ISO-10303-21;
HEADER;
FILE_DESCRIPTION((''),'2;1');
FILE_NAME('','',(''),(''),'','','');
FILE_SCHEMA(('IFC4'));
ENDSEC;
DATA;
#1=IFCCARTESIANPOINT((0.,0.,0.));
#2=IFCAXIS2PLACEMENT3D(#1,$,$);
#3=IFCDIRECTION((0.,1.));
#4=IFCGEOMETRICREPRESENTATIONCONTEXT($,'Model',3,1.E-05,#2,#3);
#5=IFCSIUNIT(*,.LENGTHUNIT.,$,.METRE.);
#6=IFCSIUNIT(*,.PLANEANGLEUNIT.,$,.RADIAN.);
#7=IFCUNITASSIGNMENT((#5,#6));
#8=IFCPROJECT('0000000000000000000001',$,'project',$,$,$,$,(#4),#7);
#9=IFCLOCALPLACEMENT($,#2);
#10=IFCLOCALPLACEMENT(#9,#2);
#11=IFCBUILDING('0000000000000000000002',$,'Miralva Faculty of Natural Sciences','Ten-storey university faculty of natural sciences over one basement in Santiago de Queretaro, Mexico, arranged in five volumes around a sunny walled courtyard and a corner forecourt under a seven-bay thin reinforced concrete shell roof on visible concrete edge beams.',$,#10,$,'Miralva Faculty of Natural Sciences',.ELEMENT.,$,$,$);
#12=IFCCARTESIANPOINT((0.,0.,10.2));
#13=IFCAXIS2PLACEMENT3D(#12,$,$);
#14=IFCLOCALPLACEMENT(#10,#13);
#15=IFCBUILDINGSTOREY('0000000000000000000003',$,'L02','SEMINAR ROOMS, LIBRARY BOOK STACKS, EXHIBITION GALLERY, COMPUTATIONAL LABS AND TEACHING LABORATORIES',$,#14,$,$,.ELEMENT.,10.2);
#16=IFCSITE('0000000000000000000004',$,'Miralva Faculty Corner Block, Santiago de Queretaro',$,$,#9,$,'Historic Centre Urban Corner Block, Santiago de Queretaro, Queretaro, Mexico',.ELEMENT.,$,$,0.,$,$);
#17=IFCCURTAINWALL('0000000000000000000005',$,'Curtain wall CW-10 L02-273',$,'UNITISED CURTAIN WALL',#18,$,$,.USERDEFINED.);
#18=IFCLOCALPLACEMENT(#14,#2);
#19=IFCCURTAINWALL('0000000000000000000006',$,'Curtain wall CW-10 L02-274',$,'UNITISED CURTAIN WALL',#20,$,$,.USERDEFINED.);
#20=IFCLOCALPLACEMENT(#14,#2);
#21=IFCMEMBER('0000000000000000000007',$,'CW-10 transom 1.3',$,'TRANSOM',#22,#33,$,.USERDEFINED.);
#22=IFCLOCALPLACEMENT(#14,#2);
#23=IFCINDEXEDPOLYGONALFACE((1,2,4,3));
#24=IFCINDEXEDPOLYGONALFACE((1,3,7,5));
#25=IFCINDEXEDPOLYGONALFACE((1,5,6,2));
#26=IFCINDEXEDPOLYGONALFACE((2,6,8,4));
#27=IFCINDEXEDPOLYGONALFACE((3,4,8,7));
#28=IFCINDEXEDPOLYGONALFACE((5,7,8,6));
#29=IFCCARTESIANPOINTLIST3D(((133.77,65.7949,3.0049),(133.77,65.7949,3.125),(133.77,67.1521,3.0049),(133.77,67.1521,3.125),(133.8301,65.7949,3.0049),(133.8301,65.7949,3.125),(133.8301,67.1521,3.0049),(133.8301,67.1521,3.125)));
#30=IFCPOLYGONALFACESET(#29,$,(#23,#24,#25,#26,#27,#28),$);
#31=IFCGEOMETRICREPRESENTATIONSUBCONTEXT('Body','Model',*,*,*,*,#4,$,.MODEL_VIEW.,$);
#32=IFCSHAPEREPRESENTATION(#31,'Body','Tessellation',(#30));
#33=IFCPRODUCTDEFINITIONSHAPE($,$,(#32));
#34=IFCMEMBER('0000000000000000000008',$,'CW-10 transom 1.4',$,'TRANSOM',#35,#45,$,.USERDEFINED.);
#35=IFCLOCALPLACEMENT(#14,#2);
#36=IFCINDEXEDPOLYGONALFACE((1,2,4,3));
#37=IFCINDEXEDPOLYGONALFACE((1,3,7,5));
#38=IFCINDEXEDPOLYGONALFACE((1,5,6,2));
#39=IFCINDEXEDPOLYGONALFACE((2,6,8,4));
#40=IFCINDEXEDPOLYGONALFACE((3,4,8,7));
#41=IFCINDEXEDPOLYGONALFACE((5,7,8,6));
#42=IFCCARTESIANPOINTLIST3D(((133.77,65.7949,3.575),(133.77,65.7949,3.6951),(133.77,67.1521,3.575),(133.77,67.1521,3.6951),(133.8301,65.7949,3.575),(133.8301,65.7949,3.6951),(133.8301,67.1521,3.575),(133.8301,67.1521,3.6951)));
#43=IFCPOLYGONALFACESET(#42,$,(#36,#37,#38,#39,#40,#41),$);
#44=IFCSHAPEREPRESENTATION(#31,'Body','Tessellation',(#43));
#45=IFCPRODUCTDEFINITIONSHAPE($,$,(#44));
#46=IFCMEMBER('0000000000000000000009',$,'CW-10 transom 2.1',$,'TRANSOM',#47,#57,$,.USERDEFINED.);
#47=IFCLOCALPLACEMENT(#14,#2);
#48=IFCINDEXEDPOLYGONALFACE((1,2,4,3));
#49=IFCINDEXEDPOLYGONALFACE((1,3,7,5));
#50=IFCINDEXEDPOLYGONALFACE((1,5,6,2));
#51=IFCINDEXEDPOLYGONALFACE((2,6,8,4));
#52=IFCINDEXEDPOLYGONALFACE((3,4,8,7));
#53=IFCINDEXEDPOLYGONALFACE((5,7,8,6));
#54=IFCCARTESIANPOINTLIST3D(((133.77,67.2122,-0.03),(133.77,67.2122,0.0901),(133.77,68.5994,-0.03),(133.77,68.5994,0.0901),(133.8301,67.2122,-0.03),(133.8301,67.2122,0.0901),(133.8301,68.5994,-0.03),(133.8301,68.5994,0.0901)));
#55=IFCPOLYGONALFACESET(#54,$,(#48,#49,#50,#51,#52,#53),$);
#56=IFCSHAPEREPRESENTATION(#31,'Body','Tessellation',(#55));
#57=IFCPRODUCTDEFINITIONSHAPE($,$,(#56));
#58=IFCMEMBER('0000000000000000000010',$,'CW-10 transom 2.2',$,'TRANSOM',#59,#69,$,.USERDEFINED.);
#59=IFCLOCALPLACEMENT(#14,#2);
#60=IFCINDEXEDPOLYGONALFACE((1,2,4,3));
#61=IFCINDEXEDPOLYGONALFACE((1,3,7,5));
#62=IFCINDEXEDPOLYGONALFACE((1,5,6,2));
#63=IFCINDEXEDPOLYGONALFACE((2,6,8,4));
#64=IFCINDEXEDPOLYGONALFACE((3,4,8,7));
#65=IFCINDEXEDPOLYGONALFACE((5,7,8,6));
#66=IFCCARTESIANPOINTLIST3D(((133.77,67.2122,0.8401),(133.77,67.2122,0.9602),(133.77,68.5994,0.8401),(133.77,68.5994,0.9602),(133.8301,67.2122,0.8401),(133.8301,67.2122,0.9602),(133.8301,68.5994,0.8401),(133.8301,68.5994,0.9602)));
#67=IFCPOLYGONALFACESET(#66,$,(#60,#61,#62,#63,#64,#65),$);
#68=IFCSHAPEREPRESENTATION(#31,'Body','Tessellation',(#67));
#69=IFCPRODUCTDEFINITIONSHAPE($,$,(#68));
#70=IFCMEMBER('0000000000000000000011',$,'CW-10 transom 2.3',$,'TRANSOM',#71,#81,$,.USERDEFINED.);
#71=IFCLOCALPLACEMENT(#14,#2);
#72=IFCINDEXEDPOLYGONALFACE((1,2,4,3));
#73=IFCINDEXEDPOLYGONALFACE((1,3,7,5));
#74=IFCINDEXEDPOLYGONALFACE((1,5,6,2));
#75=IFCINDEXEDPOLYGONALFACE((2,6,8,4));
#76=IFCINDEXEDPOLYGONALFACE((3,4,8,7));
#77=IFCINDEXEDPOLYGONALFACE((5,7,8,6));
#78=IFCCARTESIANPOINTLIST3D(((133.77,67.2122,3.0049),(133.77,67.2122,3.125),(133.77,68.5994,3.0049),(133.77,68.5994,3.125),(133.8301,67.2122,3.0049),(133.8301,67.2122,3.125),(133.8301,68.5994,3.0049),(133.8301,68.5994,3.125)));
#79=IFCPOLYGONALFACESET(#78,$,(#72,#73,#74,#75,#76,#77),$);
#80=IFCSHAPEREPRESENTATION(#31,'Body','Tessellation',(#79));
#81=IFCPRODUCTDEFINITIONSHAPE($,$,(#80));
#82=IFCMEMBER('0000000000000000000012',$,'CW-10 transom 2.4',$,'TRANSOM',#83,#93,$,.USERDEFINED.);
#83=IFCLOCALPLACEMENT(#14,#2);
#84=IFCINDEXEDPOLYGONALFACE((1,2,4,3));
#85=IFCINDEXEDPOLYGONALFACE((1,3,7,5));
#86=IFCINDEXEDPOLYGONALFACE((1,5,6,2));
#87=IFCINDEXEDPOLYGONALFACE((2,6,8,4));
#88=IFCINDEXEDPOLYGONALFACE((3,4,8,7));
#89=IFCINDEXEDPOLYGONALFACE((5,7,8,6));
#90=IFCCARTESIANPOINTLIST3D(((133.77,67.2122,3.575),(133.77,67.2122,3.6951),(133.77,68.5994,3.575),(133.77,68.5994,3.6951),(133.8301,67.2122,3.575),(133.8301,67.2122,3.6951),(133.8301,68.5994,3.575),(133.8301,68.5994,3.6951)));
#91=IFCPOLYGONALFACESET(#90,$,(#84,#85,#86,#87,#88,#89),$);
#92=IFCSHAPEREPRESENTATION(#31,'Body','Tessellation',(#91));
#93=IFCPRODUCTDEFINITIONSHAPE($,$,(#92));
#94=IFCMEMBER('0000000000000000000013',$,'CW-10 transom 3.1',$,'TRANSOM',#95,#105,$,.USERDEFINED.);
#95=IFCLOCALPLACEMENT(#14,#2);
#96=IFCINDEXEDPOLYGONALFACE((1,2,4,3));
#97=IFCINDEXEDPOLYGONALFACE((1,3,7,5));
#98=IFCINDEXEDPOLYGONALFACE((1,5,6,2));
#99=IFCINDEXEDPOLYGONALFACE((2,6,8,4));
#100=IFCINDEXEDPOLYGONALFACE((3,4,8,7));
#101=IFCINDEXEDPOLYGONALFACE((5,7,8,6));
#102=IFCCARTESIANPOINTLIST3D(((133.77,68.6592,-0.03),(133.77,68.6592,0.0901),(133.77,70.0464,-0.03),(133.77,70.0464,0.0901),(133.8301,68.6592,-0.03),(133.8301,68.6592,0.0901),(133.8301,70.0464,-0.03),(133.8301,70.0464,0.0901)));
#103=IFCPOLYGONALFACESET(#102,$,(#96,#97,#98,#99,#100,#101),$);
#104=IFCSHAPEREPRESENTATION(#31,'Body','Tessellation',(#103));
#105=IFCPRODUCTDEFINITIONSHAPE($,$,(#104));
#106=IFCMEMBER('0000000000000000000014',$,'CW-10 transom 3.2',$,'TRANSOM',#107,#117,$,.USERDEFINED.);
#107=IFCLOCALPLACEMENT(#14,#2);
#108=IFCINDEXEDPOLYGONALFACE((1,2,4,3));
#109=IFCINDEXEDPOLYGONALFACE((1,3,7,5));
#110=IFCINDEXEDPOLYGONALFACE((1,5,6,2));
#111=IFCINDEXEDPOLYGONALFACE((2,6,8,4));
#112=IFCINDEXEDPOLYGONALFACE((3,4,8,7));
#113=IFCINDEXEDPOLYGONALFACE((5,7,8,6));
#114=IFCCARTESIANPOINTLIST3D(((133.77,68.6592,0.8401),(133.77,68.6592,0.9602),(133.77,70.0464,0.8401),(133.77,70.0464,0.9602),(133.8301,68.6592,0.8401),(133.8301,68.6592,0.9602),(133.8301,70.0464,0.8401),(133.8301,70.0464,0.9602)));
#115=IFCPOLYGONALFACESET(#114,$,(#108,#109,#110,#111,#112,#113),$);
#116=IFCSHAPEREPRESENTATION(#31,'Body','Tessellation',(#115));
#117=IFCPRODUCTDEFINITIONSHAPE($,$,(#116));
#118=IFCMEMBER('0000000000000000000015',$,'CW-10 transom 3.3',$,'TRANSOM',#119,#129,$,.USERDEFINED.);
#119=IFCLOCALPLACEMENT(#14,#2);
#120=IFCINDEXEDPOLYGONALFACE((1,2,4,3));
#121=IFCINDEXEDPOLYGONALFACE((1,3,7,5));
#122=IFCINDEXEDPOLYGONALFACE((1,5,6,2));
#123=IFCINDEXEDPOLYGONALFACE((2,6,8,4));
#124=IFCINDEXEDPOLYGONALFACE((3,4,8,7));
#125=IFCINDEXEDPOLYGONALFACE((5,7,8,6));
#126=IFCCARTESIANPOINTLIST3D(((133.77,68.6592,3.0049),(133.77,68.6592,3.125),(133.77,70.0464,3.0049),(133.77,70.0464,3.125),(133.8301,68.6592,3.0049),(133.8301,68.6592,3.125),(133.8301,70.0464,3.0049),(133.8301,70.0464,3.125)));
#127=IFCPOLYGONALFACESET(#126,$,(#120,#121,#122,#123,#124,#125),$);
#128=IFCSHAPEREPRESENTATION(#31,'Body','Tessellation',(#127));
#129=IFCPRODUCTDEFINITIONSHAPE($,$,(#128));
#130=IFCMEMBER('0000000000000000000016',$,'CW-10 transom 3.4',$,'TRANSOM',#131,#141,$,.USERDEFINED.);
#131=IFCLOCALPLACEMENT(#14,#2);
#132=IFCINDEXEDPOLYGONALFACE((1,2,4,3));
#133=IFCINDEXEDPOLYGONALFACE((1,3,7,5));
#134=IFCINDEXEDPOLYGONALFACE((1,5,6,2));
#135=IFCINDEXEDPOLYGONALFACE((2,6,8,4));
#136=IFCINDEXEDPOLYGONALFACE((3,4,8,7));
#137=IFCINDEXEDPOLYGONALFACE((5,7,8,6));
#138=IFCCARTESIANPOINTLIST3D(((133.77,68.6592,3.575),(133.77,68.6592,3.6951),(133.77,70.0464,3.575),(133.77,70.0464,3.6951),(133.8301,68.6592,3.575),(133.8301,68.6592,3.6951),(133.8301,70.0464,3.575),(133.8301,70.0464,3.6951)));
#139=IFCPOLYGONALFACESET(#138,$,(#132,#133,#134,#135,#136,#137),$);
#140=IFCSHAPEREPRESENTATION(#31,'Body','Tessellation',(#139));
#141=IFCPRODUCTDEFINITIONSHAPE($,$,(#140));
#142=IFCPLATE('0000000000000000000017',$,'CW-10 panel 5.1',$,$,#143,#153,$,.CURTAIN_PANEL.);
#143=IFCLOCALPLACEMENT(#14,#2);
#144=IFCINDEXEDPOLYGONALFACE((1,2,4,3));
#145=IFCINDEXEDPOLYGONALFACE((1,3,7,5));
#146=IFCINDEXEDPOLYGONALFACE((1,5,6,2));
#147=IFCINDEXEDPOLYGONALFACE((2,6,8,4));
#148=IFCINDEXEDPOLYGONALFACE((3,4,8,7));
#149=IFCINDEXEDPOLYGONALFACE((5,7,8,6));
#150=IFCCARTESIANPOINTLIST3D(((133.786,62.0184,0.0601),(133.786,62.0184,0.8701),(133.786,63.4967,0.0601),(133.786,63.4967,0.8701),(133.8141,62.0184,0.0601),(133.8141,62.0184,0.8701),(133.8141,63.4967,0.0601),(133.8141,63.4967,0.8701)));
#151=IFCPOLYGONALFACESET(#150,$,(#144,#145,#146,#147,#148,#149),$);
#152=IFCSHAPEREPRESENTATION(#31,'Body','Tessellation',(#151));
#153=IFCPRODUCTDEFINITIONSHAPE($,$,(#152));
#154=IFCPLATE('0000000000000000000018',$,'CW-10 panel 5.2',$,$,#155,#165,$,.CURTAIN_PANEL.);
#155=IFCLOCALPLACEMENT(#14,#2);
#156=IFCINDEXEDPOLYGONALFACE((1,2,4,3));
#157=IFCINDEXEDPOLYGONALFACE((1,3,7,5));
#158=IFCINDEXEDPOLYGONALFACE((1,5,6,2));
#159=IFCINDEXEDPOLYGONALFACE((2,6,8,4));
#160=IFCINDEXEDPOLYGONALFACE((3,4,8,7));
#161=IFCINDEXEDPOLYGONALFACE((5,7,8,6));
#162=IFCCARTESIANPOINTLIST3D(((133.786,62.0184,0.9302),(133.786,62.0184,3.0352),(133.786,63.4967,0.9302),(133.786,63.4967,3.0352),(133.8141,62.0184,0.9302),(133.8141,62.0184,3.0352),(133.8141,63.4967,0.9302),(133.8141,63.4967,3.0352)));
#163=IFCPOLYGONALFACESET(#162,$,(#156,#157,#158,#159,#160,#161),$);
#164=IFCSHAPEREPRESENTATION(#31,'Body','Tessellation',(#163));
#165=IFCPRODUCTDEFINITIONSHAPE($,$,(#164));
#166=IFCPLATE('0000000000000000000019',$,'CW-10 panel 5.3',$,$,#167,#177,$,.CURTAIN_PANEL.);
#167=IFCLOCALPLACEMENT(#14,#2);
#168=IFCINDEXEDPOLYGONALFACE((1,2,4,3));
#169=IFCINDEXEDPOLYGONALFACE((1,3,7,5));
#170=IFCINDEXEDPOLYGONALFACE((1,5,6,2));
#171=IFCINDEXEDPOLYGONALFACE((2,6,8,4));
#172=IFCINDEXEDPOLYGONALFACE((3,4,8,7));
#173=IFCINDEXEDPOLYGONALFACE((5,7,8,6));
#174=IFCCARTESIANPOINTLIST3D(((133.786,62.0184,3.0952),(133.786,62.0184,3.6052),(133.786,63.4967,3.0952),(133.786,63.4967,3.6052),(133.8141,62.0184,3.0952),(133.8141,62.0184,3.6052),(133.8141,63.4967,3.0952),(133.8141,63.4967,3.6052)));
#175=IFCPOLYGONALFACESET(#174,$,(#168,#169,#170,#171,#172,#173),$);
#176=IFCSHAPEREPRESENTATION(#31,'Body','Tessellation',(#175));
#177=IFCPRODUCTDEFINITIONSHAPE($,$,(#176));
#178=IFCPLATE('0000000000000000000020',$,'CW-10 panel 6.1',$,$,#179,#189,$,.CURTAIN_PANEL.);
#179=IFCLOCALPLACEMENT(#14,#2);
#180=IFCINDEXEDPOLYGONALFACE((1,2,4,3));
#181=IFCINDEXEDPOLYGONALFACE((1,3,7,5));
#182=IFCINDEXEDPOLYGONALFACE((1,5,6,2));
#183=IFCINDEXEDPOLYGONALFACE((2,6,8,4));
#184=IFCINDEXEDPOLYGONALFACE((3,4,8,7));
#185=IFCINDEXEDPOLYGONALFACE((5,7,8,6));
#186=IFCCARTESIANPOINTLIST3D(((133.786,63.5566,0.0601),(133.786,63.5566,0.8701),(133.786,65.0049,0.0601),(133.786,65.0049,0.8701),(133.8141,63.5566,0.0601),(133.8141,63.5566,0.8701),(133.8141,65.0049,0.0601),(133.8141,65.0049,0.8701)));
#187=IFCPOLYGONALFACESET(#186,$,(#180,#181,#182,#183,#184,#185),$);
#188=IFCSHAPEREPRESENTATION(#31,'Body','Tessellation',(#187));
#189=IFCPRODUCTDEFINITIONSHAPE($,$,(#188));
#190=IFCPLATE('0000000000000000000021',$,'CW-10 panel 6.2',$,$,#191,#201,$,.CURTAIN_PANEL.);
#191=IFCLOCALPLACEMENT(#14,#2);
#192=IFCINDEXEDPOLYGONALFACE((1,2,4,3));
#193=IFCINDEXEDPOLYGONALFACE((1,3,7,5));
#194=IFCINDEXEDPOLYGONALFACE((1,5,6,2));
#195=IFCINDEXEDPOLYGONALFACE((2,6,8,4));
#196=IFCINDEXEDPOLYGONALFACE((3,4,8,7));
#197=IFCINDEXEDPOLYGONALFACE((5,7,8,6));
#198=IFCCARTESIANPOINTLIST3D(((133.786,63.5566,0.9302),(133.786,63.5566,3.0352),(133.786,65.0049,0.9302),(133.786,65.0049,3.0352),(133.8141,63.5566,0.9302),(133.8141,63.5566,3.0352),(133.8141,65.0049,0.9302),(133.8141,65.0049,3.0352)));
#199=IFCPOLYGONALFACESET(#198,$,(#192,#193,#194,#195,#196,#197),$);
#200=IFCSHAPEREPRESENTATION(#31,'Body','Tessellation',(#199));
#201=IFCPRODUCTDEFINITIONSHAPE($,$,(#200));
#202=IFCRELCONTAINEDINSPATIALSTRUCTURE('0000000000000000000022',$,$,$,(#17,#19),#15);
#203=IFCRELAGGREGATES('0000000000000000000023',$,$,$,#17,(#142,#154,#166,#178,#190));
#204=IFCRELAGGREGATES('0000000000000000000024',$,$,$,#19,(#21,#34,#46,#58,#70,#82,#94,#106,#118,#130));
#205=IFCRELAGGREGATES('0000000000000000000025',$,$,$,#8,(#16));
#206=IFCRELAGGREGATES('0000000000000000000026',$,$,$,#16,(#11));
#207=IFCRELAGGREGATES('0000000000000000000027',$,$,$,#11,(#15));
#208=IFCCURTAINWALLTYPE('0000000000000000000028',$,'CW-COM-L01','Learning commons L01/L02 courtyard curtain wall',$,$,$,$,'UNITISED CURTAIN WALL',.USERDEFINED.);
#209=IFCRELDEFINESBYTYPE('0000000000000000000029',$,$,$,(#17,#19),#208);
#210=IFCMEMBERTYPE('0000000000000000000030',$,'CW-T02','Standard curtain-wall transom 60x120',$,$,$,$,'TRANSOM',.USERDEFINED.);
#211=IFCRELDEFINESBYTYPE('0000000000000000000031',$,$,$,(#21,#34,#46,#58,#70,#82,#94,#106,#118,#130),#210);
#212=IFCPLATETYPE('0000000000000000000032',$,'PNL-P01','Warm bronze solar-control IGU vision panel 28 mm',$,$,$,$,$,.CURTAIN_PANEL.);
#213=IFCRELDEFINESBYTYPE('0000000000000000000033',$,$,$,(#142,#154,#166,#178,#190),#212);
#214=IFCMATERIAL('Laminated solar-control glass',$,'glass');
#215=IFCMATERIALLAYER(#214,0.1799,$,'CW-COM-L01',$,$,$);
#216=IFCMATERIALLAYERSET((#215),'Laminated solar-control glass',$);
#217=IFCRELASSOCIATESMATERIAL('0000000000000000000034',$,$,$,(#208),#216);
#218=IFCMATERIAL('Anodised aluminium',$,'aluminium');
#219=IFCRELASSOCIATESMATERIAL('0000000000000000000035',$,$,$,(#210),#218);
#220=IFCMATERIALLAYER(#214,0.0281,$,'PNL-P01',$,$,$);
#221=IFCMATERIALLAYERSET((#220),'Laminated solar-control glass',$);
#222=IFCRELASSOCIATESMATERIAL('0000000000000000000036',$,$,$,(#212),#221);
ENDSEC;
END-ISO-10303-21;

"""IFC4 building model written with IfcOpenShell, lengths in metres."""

from ifc_helpers import new_model, si_unit, direction, frame, origin, origin_2d, place, context, subcontext, project, spatial, rectangle, extrude, material, layer, layer_set, material_profile, profile_set, type_object, element, aggregate, save


model = new_model("IFC4")

# Units and contexts
model_context = context("Model", 3, precision=1e-05, world=origin(), true_north=direction((0.0, 1.0)))
body_context = subcontext(model_context, "Body", "Model", "MODEL_VIEW")
ifc_project = project(units=[si_unit("LENGTHUNIT", "METRE"), si_unit("PLANEANGLEUNIT", "RADIAN")], contexts=[model_context])

# Site, building, storey
site_placement = place(None, origin())
site = spatial("IfcSite", under=ifc_project, at=site_placement, Name="Miralva Faculty Corner Block, Santiago de Queretaro", LongName="Historic Centre Urban Corner Block, Santiago de Queretaro, Queretaro, Mexico", CompositionType="ELEMENT", RefElevation=0.0)
building_placement = place(site_placement, origin())
building = spatial("IfcBuilding", under=site, at=building_placement, Name="Miralva Faculty of Natural Sciences", Description="Ten-storey university faculty of natural sciences over one basement in Santiago de Queretaro, Mexico, arranged in five volumes around a sunny walled courtyard and a corner forecourt under a seven-bay thin reinforced concrete shell roof on visible concrete edge beams.", LongName="Miralva Faculty of Natural Sciences", CompositionType="ELEMENT")
storey_placement = place(building_placement, frame((0.0, 0.0, 10.2)))
storey = spatial("IfcBuildingStorey", under=building, at=storey_placement, Name="L02", Description="SEMINAR ROOMS, LIBRARY BOOK STACKS, EXHIBITION GALLERY, COMPUTATIONAL LABS AND TEACHING LABORATORIES", CompositionType="ELEMENT", Elevation=10.2)

# Curtain walls
ifc_material_1 = material(Name="Laminated solar-control glass", Category="glass")
ifc_layer_1 = layer(ifc_material_1, 0.1799, Name="CW-COM-L01")
ifc_layer_set_1 = layer_set([ifc_layer_1], Name="Laminated solar-control glass")
curtain_wall_type = type_object("IfcCurtainWallType", Name="CW-COM-L01", Description="Learning commons L01/L02 courtyard curtain wall", ElementType="UNITISED CURTAIN WALL", PredefinedType="USERDEFINED", material=ifc_layer_set_1)
curtain_wall_1_placement = place(storey_placement, origin())
curtain_wall_1 = element("IfcCurtainWall", 1, at=curtain_wall_1_placement, inside=storey, type_object=curtain_wall_type, Name="Curtain wall CW-10 L02-273", ObjectType="UNITISED CURTAIN WALL", PredefinedType="USERDEFINED")
ifc_material_2 = material(Name="Anodised aluminium", Category="aluminium")
curtain_wall_2_placement = place(storey_placement, origin())
curtain_wall_2 = element("IfcCurtainWall", 2, at=curtain_wall_2_placement, inside=storey, type_object=curtain_wall_type, Name="Curtain wall CW-10 L02-274", ObjectType="UNITISED CURTAIN WALL", PredefinedType="USERDEFINED")

# Members
ifc_material_profile_1 = material_profile(ifc_material_2, rectangle(XDim=0.0601, YDim=0.1201, at=origin_2d()), Name="TRANSOM 60x120")
ifc_profile_set_1 = profile_set([ifc_material_profile_1], Name="Anodised aluminium")
member_type_1 = type_object("IfcMemberType", Name="CW-T02", Description="Standard curtain-wall transom 60x120", ElementType="TRANSOM", PredefinedType="USERDEFINED", material=ifc_profile_set_1)
member_1_placement = place(storey_placement, frame((133.8, 65.7949, 3.0649), z_axis=(0.0, 1.0, 0.0), x_axis=(-1.0, 0.0, 0.0)))
member_1 = element("IfcMember", 3, at=member_1_placement, type_object=member_type_1, Name="CW-10 transom 1.3", ObjectType="TRANSOM", PredefinedType="USERDEFINED", context=body_context, shape_type="SweptSolid", body=[
    extrude(rectangle(XDim=0.0601, YDim=0.1201, at=origin_2d()), origin(), (0.0, 0.0, 1.0), 1.3572),
])
member_2_placement = place(storey_placement, frame((133.8, 65.7949, 3.635), z_axis=(0.0, 1.0, 0.0), x_axis=(-1.0, 0.0, 0.0)))
member_2 = element("IfcMember", 4, at=member_2_placement, type_object=member_type_1, Name="CW-10 transom 1.4", ObjectType="TRANSOM", PredefinedType="USERDEFINED", context=body_context, shape_type="SweptSolid", body=[
    extrude(rectangle(XDim=0.0601, YDim=0.1201, at=origin_2d()), origin(), (0.0, 0.0, 1.0), 1.3572),
])
member_3_placement = place(storey_placement, frame((133.8, 67.2122, 0.03), z_axis=(0.0, 1.0, 0.0), x_axis=(-1.0, 0.0, 0.0)))
member_3 = element("IfcMember", 5, at=member_3_placement, type_object=member_type_1, Name="CW-10 transom 2.1", ObjectType="TRANSOM", PredefinedType="USERDEFINED", context=body_context, shape_type="SweptSolid", body=[
    extrude(rectangle(XDim=0.0601, YDim=0.1201, at=origin_2d()), origin(), (0.0, 0.0, 1.0), 1.3872),
])
member_4_placement = place(storey_placement, frame((133.8, 67.2122, 0.9001), z_axis=(0.0, 1.0, 0.0), x_axis=(-1.0, 0.0, 0.0)))
member_4 = element("IfcMember", 6, at=member_4_placement, type_object=member_type_1, Name="CW-10 transom 2.2", ObjectType="TRANSOM", PredefinedType="USERDEFINED", context=body_context, shape_type="SweptSolid", body=[
    extrude(rectangle(XDim=0.0601, YDim=0.1201, at=origin_2d()), origin(), (0.0, 0.0, 1.0), 1.3872),
])
member_5_placement = place(storey_placement, frame((133.8, 67.2122, 3.0649), z_axis=(0.0, 1.0, 0.0), x_axis=(-1.0, 0.0, 0.0)))
member_5 = element("IfcMember", 7, at=member_5_placement, type_object=member_type_1, Name="CW-10 transom 2.3", ObjectType="TRANSOM", PredefinedType="USERDEFINED", context=body_context, shape_type="SweptSolid", body=[
    extrude(rectangle(XDim=0.0601, YDim=0.1201, at=origin_2d()), origin(), (0.0, 0.0, 1.0), 1.3872),
])
member_6_placement = place(storey_placement, frame((133.8, 67.2122, 3.635), z_axis=(0.0, 1.0, 0.0), x_axis=(-1.0, 0.0, 0.0)))
member_6 = element("IfcMember", 8, at=member_6_placement, type_object=member_type_1, Name="CW-10 transom 2.4", ObjectType="TRANSOM", PredefinedType="USERDEFINED", context=body_context, shape_type="SweptSolid", body=[
    extrude(rectangle(XDim=0.0601, YDim=0.1201, at=origin_2d()), origin(), (0.0, 0.0, 1.0), 1.3872),
])
member_7_placement = place(storey_placement, frame((133.8, 68.6592, 0.03), z_axis=(0.0, 1.0, 0.0), x_axis=(-1.0, 0.0, 0.0)))
member_7 = element("IfcMember", 9, at=member_7_placement, type_object=member_type_1, Name="CW-10 transom 3.1", ObjectType="TRANSOM", PredefinedType="USERDEFINED", context=body_context, shape_type="SweptSolid", body=[
    extrude(rectangle(XDim=0.0601, YDim=0.1201, at=origin_2d()), origin(), (0.0, 0.0, 1.0), 1.3872),
])
member_8_placement = place(storey_placement, frame((133.8, 68.6592, 0.9001), z_axis=(0.0, 1.0, 0.0), x_axis=(-1.0, 0.0, 0.0)))
member_8 = element("IfcMember", 10, at=member_8_placement, type_object=member_type_1, Name="CW-10 transom 3.2", ObjectType="TRANSOM", PredefinedType="USERDEFINED", context=body_context, shape_type="SweptSolid", body=[
    extrude(rectangle(XDim=0.0601, YDim=0.1201, at=origin_2d()), origin(), (0.0, 0.0, 1.0), 1.3872),
])
member_9_placement = place(storey_placement, frame((133.8, 68.6592, 3.0649), z_axis=(0.0, 1.0, 0.0), x_axis=(-1.0, 0.0, 0.0)))
member_9 = element("IfcMember", 11, at=member_9_placement, type_object=member_type_1, Name="CW-10 transom 3.3", ObjectType="TRANSOM", PredefinedType="USERDEFINED", context=body_context, shape_type="SweptSolid", body=[
    extrude(rectangle(XDim=0.0601, YDim=0.1201, at=origin_2d()), origin(), (0.0, 0.0, 1.0), 1.3872),
])
member_10_placement = place(storey_placement, frame((133.8, 68.6592, 3.635), z_axis=(0.0, 1.0, 0.0), x_axis=(-1.0, 0.0, 0.0)))
member_10 = element("IfcMember", 12, at=member_10_placement, type_object=member_type_1, Name="CW-10 transom 3.4", ObjectType="TRANSOM", PredefinedType="USERDEFINED", context=body_context, shape_type="SweptSolid", body=[
    extrude(rectangle(XDim=0.0601, YDim=0.1201, at=origin_2d()), origin(), (0.0, 0.0, 1.0), 1.3872),
])

# Plates
ifc_layer_2 = layer(ifc_material_1, 0.0281, Name="PNL-P01")
ifc_layer_set_2 = layer_set([ifc_layer_2], Name="Laminated solar-control glass")
plate_type = type_object("IfcPlateType", Name="PNL-P01", Description="Warm bronze solar-control IGU vision panel 28 mm", PredefinedType="CURTAIN_PANEL", material=ifc_layer_set_2)
plate_1_placement = place(storey_placement, frame((133.8, 62.7576, 0.0601), z_axis=(0.0, 0.0, 1.0), x_axis=(0.0, 1.0, 0.0)))
plate_1 = element("IfcPlate", 13, at=plate_1_placement, type_object=plate_type, Name="CW-10 panel 5.1", PredefinedType="CURTAIN_PANEL", context=body_context, shape_type="SweptSolid", body=[
    extrude(rectangle(XDim=1.4783, YDim=0.0281, at=origin_2d()), origin(), (0.0, 0.0, 1.0), 0.8101),
])
plate_2_placement = place(storey_placement, frame((133.8, 62.7576, 0.9302), z_axis=(0.0, 0.0, 1.0), x_axis=(0.0, 1.0, 0.0)))
plate_2 = element("IfcPlate", 14, at=plate_2_placement, type_object=plate_type, Name="CW-10 panel 5.2", PredefinedType="CURTAIN_PANEL", context=body_context, shape_type="SweptSolid", body=[
    extrude(rectangle(XDim=1.4783, YDim=0.0281, at=origin_2d()), origin(), (0.0, 0.0, 1.0), 2.105),
])
plate_3_placement = place(storey_placement, frame((133.8, 62.7576, 3.0952), z_axis=(0.0, 0.0, 1.0), x_axis=(0.0, 1.0, 0.0)))
plate_3 = element("IfcPlate", 15, at=plate_3_placement, type_object=plate_type, Name="CW-10 panel 5.3", PredefinedType="CURTAIN_PANEL", context=body_context, shape_type="SweptSolid", body=[
    extrude(rectangle(XDim=1.4783, YDim=0.0281, at=origin_2d()), origin(), (0.0, 0.0, 1.0), 0.51),
])
plate_4_placement = place(storey_placement, frame((133.8, 64.2808, 0.0601), z_axis=(0.0, 0.0, 1.0), x_axis=(0.0, 1.0, 0.0)))
plate_4 = element("IfcPlate", 16, at=plate_4_placement, type_object=plate_type, Name="CW-10 panel 6.1", PredefinedType="CURTAIN_PANEL", context=body_context, shape_type="SweptSolid", body=[
    extrude(rectangle(XDim=1.4482, YDim=0.0281, at=origin_2d()), origin(), (0.0, 0.0, 1.0), 0.8101),
])
plate_5_placement = place(storey_placement, frame((133.8, 64.2808, 0.9302), z_axis=(0.0, 0.0, 1.0), x_axis=(0.0, 1.0, 0.0)))
plate_5 = element("IfcPlate", 17, at=plate_5_placement, type_object=plate_type, Name="CW-10 panel 6.2", PredefinedType="CURTAIN_PANEL", context=body_context, shape_type="SweptSolid", body=[
    extrude(rectangle(XDim=1.4482, YDim=0.0281, at=origin_2d()), origin(), (0.0, 0.0, 1.0), 2.105),
])
aggregate(curtain_wall_1, [plate_1, plate_2, plate_3, plate_4, plate_5])
aggregate(curtain_wall_2, [member_1, member_2, member_3, member_4, member_5, member_6, member_7, member_8, member_9, member_10])

save(model, "model.ifc")
